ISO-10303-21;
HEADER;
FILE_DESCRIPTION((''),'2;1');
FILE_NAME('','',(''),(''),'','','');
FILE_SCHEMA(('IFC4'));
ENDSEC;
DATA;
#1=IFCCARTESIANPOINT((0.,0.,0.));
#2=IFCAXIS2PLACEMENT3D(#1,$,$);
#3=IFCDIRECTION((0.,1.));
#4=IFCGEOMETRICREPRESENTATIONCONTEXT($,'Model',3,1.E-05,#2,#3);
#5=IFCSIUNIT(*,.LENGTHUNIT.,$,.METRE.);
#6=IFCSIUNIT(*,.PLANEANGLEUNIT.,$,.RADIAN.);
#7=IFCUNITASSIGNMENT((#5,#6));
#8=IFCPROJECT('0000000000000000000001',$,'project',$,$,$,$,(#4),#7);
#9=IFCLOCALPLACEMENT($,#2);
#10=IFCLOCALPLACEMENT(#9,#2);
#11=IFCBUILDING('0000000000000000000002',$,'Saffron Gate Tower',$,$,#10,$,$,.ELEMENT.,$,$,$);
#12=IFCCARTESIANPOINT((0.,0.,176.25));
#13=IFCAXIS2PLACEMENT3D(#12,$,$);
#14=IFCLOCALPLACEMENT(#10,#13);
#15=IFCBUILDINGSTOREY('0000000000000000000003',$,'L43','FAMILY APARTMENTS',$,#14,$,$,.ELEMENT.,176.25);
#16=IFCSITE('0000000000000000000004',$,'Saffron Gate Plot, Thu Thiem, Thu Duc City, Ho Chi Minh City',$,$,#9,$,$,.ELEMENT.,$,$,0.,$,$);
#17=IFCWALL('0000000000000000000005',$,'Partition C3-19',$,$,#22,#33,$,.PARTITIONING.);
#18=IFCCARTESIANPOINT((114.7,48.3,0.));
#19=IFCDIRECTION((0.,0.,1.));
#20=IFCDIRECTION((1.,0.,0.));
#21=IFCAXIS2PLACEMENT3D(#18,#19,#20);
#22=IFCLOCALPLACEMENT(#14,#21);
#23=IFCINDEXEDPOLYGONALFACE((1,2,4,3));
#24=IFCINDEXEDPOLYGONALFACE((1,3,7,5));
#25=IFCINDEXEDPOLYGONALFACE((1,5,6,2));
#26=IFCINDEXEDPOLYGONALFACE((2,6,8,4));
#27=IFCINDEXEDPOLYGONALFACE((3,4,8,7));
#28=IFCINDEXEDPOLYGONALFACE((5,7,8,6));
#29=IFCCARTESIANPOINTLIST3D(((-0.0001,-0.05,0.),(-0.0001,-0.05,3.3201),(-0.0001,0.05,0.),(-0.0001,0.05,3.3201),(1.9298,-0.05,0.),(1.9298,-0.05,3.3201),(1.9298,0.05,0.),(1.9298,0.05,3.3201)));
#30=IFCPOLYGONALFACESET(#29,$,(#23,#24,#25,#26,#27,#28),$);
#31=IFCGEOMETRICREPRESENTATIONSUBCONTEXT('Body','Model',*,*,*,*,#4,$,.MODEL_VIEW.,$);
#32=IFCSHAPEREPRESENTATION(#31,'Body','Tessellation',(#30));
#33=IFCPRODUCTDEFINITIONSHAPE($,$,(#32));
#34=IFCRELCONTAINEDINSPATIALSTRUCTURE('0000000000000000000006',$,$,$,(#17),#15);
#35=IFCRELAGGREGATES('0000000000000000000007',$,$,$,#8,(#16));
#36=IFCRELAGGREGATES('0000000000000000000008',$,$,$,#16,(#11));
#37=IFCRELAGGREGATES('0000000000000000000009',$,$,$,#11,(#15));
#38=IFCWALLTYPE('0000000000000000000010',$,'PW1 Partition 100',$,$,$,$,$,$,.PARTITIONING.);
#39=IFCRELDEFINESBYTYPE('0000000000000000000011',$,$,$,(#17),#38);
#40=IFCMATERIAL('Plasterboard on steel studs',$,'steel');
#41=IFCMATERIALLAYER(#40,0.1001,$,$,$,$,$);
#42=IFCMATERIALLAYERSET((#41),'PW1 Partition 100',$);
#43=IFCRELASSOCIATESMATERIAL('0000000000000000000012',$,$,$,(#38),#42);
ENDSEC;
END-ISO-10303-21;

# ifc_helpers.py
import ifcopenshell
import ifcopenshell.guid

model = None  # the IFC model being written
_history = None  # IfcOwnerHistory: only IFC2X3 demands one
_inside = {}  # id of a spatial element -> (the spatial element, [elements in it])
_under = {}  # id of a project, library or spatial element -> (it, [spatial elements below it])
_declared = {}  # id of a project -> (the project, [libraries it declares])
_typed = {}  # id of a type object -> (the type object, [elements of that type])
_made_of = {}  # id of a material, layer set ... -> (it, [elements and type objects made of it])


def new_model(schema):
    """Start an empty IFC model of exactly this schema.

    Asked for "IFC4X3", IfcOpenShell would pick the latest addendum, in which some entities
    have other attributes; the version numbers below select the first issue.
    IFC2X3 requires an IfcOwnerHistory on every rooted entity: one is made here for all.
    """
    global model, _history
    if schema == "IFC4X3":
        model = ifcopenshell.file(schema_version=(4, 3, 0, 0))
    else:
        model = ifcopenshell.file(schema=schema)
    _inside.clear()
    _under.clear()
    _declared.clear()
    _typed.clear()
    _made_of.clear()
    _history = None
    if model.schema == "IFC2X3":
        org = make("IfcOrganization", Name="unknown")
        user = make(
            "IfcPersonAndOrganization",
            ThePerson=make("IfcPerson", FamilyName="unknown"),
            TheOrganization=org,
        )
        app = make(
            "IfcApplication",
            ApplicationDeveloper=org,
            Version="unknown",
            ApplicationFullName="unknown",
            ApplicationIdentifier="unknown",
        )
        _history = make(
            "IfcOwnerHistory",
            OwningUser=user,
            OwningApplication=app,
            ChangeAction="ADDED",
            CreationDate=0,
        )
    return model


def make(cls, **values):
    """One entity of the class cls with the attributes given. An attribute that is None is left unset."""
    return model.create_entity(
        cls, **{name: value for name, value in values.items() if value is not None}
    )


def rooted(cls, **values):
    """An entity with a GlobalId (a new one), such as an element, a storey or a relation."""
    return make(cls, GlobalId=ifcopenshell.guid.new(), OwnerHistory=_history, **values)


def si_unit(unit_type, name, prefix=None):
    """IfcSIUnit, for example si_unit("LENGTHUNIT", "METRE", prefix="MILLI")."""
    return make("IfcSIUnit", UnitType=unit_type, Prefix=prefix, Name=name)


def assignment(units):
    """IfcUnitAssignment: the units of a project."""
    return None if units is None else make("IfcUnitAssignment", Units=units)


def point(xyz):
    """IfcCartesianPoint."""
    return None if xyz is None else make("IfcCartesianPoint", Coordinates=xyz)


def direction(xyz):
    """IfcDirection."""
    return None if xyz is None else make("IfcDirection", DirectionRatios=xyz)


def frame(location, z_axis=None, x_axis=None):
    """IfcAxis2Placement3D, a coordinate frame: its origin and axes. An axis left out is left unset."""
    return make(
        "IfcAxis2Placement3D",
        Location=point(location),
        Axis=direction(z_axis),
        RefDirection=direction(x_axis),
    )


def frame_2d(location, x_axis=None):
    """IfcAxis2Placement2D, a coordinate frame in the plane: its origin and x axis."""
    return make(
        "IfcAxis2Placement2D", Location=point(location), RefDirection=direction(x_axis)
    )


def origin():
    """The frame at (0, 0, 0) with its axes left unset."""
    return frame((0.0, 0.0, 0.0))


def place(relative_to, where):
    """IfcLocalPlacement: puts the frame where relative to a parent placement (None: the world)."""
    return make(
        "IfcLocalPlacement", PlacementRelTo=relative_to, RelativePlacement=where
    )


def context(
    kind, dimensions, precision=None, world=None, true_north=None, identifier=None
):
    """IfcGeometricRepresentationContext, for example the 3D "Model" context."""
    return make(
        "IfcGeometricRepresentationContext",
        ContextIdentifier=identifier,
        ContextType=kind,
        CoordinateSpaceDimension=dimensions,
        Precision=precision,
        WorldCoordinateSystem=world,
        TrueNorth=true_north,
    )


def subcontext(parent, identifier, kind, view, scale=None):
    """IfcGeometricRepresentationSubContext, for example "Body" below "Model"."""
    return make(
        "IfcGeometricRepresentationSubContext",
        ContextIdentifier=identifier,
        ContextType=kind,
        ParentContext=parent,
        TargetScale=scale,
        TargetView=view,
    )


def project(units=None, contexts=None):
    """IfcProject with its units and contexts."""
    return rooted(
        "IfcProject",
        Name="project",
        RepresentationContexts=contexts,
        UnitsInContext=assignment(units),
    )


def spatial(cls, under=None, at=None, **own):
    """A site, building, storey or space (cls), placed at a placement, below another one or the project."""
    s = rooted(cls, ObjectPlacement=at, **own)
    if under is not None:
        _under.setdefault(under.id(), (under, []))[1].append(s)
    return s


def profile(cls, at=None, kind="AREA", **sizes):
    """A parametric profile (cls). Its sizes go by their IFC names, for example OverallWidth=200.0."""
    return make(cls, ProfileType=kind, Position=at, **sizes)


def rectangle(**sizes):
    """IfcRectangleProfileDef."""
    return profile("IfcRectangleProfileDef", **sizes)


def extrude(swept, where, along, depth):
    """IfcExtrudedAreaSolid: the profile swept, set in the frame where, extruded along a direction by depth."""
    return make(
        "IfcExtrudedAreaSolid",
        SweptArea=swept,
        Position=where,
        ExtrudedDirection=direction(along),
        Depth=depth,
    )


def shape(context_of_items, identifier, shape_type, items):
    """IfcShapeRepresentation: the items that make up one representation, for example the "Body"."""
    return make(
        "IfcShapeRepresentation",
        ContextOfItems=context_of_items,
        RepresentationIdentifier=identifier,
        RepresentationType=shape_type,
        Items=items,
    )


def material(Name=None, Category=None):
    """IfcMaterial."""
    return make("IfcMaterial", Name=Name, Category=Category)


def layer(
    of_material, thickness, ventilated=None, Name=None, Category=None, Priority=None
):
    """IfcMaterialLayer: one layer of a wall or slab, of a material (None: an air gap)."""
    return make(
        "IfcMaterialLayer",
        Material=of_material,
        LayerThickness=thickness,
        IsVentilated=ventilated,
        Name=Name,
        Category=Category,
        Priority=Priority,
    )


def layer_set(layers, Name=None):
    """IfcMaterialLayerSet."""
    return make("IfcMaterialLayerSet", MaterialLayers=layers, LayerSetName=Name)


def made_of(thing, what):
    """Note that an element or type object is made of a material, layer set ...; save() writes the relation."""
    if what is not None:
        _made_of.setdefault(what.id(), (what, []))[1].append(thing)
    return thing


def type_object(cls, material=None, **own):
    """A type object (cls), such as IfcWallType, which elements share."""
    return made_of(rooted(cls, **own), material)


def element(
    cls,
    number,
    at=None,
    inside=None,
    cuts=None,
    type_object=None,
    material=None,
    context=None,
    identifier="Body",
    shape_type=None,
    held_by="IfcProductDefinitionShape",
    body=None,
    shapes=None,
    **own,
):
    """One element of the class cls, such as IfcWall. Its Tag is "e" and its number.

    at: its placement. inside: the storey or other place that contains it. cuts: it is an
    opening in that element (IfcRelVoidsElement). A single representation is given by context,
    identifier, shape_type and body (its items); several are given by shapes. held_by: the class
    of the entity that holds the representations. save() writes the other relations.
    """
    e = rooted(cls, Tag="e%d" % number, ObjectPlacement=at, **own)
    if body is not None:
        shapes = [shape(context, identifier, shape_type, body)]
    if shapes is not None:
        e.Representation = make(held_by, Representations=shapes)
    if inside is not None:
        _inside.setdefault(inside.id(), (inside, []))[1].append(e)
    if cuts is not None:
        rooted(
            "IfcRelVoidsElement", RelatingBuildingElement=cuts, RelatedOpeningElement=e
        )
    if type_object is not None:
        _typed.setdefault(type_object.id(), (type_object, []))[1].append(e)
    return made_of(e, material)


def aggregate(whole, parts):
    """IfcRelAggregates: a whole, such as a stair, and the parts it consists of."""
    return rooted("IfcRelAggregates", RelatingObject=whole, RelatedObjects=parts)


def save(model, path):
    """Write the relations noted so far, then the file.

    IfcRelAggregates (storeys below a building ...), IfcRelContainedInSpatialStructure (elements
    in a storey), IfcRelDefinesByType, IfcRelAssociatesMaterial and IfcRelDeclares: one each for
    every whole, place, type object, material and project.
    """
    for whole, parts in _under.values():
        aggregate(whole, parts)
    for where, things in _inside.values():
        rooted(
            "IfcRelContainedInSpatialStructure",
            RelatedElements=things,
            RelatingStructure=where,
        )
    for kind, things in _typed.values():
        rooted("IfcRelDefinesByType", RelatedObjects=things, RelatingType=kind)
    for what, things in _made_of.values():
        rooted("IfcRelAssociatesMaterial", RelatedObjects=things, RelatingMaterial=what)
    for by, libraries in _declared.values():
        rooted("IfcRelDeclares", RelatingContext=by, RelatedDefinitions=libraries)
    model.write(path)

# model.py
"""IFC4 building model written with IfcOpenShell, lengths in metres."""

from ifc_helpers import new_model, si_unit, direction, frame, frame_2d, origin, place, context, subcontext, project, spatial, rectangle, extrude, material, layer, layer_set, type_object, element, save


model = new_model("IFC4")

# Units and contexts
model_context = context("Model", 3, precision=1e-05, world=origin(), true_north=direction((0.0, 1.0)))
body_context = subcontext(model_context, "Body", "Model", "MODEL_VIEW")
ifc_project = project(units=[si_unit("LENGTHUNIT", "METRE"), si_unit("PLANEANGLEUNIT", "RADIAN")], contexts=[model_context])

# Site, building, storey
site_placement = place(None, origin())
site = spatial("IfcSite", under=ifc_project, at=site_placement, Name="Saffron Gate Plot, Thu Thiem, Thu Duc City, Ho Chi Minh City", CompositionType="ELEMENT", RefElevation=0.0)
building_placement = place(site_placement, origin())
building = spatial("IfcBuilding", under=site, at=building_placement, Name="Saffron Gate Tower", CompositionType="ELEMENT")
storey_placement = place(building_placement, frame((0.0, 0.0, 176.25)))
storey = spatial("IfcBuildingStorey", under=building, at=storey_placement, Name="L43", Description="FAMILY APARTMENTS", CompositionType="ELEMENT", Elevation=176.25)

# Wall
ifc_material_1 = material(Name="Plasterboard on steel studs", Category="steel")
ifc_layer_1 = layer(ifc_material_1, 0.1001)
ifc_layer_set_1 = layer_set([ifc_layer_1], Name="PW1 Partition 100")
wall_type_1 = type_object("IfcWallType", Name="PW1 Partition 100", PredefinedType="PARTITIONING", material=ifc_layer_set_1)
wall_1_placement = place(storey_placement, frame((114.7, 48.3, 0.0), z_axis=(0.0, 0.0, 1.0), x_axis=(1.0, 0.0, 0.0)))
element("IfcWall", 1, at=wall_1_placement, inside=storey, type_object=wall_type_1, Name="Partition C3-19", PredefinedType="PARTITIONING", context=body_context, shape_type="SweptSolid", body=[
    extrude(rectangle(XDim=1.9299, YDim=0.1001, at=frame_2d((0.9648, 0.0))), origin(), (0.0, 0.0, 1.0), 3.3201),
])

save(model, "model.ifc")
